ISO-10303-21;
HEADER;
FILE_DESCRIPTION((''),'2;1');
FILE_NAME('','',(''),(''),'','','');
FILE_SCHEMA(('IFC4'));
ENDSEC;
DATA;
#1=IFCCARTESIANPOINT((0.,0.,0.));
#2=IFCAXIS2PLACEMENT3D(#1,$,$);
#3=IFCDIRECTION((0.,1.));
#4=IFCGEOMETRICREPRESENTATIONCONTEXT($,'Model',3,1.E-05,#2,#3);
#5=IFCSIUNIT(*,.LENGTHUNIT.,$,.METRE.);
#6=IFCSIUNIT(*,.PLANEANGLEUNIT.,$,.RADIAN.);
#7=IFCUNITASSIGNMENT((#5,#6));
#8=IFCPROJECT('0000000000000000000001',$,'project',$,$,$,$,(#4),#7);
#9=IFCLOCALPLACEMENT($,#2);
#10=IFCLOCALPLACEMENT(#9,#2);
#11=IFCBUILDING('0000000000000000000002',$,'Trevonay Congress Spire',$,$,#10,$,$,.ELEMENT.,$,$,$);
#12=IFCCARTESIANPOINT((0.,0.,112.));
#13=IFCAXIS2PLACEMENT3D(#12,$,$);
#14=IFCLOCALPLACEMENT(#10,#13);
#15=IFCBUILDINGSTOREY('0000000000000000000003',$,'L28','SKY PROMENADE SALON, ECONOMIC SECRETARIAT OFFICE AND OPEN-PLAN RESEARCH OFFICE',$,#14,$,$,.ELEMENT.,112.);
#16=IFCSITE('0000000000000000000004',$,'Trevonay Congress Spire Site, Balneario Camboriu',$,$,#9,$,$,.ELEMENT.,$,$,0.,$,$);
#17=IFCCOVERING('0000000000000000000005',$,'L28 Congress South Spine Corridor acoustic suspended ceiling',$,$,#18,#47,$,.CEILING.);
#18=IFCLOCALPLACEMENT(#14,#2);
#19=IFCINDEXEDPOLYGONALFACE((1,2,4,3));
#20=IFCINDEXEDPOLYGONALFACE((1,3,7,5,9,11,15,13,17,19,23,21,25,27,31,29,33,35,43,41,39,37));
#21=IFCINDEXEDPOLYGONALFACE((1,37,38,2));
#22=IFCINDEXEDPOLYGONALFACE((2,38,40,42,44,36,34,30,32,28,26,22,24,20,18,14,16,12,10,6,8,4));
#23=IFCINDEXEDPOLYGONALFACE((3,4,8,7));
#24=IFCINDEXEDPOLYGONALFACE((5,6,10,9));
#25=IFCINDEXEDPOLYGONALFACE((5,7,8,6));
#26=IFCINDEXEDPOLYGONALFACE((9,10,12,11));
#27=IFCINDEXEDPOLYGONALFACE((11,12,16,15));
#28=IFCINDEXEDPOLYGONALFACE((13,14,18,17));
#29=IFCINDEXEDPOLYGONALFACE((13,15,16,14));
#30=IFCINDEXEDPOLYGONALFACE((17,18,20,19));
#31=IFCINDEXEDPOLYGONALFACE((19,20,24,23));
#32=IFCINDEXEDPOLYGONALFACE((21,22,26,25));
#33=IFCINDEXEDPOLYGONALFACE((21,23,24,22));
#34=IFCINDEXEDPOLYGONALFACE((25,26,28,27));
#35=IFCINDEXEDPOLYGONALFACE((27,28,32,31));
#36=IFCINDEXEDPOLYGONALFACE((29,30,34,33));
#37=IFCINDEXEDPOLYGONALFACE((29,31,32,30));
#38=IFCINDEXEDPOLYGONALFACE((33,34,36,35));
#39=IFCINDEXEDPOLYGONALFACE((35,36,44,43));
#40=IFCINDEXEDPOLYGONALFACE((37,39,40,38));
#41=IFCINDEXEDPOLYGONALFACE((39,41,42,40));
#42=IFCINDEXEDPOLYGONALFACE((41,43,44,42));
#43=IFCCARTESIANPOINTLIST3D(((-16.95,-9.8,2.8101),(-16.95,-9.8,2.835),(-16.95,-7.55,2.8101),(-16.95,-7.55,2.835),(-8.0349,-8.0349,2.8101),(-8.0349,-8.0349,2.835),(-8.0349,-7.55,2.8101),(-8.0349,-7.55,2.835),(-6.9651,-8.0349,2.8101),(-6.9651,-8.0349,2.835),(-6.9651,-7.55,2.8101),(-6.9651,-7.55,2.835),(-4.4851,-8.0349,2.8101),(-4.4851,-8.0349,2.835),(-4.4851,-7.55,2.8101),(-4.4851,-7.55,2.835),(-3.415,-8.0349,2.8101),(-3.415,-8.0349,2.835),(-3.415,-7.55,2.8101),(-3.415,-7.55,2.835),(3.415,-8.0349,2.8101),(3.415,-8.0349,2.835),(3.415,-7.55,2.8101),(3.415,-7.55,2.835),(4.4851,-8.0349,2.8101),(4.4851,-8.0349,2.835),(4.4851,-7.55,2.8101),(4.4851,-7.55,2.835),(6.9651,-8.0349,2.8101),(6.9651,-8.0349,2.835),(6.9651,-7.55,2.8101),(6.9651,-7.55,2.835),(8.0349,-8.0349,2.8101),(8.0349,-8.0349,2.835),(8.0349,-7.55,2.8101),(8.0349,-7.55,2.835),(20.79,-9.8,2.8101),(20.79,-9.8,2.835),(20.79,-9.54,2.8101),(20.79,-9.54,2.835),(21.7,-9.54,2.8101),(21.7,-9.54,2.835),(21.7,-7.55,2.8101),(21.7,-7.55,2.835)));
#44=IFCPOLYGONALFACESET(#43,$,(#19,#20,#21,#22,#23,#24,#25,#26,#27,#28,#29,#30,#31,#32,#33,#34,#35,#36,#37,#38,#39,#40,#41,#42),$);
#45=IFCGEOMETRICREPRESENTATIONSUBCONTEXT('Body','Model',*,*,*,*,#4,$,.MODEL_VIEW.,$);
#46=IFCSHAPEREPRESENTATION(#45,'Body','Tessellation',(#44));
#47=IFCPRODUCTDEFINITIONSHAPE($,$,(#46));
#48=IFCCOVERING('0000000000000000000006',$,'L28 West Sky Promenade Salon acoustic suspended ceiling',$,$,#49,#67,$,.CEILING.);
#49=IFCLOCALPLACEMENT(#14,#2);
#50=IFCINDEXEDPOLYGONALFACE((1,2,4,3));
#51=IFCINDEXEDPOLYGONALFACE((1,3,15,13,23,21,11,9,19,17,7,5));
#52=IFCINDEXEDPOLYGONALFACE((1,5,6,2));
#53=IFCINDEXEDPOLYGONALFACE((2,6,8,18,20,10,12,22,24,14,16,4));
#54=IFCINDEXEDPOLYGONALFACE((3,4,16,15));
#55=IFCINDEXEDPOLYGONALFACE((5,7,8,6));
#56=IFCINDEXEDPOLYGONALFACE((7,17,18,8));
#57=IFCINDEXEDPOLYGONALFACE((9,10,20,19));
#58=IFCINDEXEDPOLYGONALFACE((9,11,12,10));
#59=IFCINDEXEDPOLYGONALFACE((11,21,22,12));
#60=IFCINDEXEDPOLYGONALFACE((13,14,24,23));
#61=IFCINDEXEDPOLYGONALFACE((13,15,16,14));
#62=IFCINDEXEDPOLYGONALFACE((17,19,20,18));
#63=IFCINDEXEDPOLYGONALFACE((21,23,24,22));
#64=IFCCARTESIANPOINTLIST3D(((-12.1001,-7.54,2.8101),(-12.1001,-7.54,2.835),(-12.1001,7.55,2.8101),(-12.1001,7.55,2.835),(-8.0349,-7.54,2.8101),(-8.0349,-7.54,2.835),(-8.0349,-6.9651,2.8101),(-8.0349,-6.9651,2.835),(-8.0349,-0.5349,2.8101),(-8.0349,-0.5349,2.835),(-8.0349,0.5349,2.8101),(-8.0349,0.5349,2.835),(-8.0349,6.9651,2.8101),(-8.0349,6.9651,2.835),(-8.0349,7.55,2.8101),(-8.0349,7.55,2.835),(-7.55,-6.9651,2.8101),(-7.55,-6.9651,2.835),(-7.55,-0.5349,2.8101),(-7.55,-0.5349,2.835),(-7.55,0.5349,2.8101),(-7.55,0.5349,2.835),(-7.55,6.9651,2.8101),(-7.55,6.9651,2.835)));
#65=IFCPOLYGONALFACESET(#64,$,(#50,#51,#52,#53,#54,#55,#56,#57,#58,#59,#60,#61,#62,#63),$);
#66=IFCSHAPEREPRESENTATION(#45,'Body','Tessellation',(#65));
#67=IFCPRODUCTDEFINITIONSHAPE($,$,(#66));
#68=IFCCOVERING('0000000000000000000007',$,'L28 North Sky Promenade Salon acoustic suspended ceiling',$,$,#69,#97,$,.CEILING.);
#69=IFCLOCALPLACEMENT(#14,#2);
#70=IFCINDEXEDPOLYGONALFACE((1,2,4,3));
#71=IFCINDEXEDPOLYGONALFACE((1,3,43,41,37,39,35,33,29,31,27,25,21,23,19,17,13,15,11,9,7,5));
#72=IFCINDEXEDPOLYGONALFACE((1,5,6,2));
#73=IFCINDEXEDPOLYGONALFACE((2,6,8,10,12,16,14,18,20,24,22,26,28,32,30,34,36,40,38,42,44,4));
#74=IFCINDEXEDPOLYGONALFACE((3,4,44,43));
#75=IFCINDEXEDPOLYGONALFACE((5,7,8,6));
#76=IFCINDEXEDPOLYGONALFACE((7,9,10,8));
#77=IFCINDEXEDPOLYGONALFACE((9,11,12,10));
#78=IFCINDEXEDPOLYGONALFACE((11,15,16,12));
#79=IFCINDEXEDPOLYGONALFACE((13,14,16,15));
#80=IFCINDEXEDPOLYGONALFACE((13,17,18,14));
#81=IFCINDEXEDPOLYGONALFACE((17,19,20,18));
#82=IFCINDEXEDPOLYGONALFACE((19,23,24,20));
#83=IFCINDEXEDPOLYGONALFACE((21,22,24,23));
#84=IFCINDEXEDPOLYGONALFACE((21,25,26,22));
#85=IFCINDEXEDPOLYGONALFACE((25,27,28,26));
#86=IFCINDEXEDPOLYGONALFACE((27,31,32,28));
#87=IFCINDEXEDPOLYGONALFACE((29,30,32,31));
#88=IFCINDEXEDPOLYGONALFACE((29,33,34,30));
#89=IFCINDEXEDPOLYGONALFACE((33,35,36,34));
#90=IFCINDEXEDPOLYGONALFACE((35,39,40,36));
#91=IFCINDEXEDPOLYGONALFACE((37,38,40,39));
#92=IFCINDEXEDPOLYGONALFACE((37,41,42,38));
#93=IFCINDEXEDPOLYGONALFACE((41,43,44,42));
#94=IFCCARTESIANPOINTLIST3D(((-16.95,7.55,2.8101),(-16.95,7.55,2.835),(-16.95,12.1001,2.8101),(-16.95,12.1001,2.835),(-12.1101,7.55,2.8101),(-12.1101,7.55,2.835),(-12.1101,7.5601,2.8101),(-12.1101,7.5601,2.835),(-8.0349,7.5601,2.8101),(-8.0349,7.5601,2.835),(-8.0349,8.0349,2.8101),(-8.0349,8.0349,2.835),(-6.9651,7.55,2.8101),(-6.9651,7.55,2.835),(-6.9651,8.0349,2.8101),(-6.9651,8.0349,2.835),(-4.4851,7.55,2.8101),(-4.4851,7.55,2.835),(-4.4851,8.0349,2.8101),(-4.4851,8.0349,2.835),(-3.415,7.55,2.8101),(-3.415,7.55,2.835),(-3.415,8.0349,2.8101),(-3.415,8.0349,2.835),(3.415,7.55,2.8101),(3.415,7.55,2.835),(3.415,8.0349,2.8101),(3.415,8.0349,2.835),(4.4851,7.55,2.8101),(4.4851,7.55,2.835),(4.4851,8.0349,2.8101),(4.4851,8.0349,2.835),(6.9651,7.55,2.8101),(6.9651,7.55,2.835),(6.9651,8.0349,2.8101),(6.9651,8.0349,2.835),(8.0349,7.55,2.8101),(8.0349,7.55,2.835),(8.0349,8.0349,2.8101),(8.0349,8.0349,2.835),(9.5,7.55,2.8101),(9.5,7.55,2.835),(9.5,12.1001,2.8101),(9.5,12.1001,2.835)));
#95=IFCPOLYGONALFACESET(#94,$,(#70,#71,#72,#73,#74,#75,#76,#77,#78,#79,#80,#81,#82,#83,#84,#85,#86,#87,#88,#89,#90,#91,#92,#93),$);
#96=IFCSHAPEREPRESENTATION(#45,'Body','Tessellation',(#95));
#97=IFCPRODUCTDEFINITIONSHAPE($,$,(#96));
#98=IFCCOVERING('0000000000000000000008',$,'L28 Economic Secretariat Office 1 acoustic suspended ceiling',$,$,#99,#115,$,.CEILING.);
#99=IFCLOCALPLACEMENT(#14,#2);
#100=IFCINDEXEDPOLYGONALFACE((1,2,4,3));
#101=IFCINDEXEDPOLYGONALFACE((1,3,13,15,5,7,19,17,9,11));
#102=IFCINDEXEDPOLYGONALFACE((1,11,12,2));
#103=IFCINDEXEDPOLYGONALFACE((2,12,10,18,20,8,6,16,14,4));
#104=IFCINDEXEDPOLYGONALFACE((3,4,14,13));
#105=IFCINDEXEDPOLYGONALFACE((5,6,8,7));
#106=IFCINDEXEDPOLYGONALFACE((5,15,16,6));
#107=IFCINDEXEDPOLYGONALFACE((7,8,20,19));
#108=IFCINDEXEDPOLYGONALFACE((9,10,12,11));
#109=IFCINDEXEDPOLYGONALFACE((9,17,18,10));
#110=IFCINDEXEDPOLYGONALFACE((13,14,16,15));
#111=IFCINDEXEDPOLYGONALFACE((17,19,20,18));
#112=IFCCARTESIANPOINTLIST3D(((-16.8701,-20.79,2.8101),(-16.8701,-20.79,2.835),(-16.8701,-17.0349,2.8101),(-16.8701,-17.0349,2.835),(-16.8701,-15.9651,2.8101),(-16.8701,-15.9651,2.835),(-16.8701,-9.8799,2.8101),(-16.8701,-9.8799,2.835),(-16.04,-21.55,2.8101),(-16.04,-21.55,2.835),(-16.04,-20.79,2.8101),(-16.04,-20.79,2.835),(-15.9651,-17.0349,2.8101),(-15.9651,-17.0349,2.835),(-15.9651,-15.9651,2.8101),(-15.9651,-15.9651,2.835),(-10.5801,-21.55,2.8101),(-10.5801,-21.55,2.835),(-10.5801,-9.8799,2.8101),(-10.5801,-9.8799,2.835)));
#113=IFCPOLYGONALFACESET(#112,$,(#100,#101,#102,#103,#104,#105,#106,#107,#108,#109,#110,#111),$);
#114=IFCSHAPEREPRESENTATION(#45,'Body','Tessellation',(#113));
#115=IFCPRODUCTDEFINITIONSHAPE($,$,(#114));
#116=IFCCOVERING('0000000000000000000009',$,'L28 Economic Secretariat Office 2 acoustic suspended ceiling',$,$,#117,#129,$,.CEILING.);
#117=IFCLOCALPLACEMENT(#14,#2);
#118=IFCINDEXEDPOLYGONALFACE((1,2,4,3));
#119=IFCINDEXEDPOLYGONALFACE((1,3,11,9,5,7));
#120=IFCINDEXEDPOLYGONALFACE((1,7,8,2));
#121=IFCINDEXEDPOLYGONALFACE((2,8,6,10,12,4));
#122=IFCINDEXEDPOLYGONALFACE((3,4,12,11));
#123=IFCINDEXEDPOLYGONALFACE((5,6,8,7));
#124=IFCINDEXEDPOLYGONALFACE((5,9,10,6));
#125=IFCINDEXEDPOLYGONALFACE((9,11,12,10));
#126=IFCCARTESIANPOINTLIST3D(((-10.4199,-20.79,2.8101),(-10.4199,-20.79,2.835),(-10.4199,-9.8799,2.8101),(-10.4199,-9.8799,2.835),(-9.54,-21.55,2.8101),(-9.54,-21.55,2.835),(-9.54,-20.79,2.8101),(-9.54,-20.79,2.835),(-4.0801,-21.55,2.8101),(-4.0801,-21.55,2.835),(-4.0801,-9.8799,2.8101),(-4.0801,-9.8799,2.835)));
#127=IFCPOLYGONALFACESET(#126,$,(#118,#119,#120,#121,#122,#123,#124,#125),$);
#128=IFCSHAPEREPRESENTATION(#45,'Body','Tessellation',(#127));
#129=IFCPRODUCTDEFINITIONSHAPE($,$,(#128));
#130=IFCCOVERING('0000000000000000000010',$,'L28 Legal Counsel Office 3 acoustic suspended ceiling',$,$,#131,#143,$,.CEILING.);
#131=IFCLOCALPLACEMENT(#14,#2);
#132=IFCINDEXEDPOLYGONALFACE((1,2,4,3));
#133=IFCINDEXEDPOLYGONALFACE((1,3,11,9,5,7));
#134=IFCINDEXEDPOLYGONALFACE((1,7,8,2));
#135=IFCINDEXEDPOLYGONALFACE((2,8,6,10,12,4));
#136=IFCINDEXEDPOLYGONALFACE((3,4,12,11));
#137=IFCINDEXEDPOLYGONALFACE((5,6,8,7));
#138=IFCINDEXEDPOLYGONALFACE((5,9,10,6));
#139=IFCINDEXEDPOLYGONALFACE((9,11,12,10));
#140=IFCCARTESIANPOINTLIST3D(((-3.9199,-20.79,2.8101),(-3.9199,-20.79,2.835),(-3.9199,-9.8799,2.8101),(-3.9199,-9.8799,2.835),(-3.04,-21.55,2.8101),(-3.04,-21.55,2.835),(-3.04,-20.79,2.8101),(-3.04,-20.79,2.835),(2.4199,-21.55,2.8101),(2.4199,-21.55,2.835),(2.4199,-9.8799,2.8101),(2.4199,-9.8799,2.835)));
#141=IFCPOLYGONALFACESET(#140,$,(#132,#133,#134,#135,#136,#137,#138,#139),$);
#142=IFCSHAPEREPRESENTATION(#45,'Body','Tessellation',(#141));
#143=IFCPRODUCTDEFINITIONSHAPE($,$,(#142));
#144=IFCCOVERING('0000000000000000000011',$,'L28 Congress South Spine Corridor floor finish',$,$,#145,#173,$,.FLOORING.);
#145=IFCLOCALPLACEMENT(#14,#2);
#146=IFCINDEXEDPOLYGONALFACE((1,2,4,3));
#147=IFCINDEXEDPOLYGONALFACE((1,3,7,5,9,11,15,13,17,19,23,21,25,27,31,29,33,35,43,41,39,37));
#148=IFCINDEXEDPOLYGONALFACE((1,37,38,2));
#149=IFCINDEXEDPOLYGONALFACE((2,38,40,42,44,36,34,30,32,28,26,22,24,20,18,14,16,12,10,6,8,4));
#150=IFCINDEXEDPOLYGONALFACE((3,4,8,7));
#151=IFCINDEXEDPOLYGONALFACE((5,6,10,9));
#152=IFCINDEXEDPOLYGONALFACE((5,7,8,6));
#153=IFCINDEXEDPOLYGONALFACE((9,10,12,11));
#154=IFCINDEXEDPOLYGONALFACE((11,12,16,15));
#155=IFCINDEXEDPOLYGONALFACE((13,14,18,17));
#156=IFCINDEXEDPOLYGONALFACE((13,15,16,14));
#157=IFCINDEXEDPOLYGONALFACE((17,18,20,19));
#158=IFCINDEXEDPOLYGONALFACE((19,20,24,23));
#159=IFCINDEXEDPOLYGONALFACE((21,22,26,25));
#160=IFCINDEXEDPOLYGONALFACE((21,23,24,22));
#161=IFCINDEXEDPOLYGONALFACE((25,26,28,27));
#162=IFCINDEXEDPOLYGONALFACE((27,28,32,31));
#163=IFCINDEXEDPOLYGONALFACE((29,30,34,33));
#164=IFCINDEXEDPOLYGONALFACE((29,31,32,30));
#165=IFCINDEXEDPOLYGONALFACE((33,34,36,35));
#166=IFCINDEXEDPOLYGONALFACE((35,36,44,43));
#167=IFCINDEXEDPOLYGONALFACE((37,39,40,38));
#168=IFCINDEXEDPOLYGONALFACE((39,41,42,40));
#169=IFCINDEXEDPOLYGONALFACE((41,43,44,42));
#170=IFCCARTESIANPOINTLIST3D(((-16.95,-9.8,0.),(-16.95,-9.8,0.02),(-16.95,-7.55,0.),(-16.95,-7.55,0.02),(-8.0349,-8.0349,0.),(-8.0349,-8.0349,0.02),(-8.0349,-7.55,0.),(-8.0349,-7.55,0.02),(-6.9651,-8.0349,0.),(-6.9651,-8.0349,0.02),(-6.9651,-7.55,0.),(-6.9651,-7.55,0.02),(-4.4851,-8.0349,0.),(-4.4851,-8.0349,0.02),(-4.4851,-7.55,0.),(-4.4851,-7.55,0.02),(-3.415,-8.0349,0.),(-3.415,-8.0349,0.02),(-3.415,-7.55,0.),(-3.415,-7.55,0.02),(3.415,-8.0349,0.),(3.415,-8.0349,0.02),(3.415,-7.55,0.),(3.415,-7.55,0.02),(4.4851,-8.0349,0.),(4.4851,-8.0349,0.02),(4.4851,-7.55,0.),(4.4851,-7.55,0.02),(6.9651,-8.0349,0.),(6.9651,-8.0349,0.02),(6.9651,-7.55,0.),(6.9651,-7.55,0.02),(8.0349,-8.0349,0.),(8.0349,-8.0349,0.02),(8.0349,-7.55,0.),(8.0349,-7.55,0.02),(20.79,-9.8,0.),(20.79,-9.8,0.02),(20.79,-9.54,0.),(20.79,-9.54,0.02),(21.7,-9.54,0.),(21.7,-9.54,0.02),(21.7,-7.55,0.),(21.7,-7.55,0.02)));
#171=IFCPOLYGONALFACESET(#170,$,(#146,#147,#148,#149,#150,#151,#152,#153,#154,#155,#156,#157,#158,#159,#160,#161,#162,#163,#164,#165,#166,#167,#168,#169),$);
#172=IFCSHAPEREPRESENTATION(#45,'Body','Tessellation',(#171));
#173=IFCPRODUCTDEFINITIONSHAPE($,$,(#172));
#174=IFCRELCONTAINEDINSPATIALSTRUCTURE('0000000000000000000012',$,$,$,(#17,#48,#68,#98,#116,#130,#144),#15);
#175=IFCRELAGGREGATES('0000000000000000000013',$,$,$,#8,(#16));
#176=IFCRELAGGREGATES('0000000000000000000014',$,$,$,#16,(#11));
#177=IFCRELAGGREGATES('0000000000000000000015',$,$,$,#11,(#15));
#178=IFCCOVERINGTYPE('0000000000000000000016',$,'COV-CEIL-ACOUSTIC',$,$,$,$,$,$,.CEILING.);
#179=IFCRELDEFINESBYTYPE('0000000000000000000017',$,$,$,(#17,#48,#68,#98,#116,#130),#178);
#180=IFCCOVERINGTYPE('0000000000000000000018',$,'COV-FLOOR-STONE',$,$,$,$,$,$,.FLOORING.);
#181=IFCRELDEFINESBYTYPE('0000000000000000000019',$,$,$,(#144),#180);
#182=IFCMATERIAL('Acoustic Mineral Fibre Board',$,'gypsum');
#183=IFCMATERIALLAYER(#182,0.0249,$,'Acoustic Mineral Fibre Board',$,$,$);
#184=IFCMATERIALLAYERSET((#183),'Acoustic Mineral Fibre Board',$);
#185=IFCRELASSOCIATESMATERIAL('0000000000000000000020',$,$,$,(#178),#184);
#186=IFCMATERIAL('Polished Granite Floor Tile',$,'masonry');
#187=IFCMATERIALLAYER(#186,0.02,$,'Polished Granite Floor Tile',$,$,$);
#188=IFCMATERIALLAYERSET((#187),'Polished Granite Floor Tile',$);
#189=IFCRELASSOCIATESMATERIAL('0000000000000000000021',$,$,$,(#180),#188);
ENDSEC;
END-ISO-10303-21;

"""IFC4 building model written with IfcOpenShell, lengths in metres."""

from ifc_helpers import new_model, si_unit, direction, frame, origin, place, context, subcontext, project, spatial, polyline, outline, extrude, material, layer, layer_set, type_object, element, save


model = new_model("IFC4")

# Units and contexts
model_context = context("Model", 3, precision=1e-05, world=origin(), true_north=direction((0.0, 1.0)))
body_context = subcontext(model_context, "Body", "Model", "MODEL_VIEW")
ifc_project = project(units=[si_unit("LENGTHUNIT", "METRE"), si_unit("PLANEANGLEUNIT", "RADIAN")], contexts=[model_context])

# Site, building, storey
site_placement = place(None, origin())
site = spatial("IfcSite", under=ifc_project, at=site_placement, Name="Trevonay Congress Spire Site, Balneario Camboriu", CompositionType="ELEMENT", RefElevation=0.0)
building_placement = place(site_placement, origin())
building = spatial("IfcBuilding", under=site, at=building_placement, Name="Trevonay Congress Spire", CompositionType="ELEMENT")
storey_placement = place(building_placement, frame((0.0, 0.0, 112.0)))
storey = spatial("IfcBuildingStorey", under=building, at=storey_placement, Name="L28", Description="SKY PROMENADE SALON, ECONOMIC SECRETARIAT OFFICE AND OPEN-PLAN RESEARCH OFFICE", CompositionType="ELEMENT", Elevation=112.0)

# Coverings
ifc_material_1 = material(Name="Acoustic Mineral Fibre Board", Category="gypsum")
ifc_layer_1 = layer(ifc_material_1, 0.0249, Name="Acoustic Mineral Fibre Board")
ifc_layer_set_1 = layer_set([ifc_layer_1], Name="Acoustic Mineral Fibre Board")
covering_type_1 = type_object("IfcCoveringType", Name="COV-CEIL-ACOUSTIC", PredefinedType="CEILING", material=ifc_layer_set_1)
covering_1_placement = place(storey_placement, frame((0.0, 0.0, 2.8101)))
element("IfcCovering", 1, at=covering_1_placement, inside=storey, type_object=covering_type_1, Name="L28 Congress South Spine Corridor acoustic suspended ceiling", PredefinedType="CEILING", context=body_context, shape_type="SweptSolid", body=[
    extrude(outline(polyline([(-16.95, -9.8), (-16.95, -7.55), (-8.0349, -7.55), (-8.0349, -8.0349), (-6.9651, -8.0349), (-6.9651, -7.55), (-4.4851, -7.55), (-4.4851, -8.0349), (-3.415, -8.0349), (-3.415, -7.55), (3.415, -7.55), (3.415, -8.0349), (4.4851, -8.0349), (4.4851, -7.55), (6.9651, -7.55), (6.9651, -8.0349), (8.0349, -8.0349), (8.0349, -7.55), (21.7, -7.55), (21.7, -9.54), (20.79, -9.54), (20.79, -9.8), (-16.95, -9.8)])), origin(), (0.0, 0.0, 1.0), 0.0249),
])
covering_2_placement = place(storey_placement, frame((0.0, 0.0, 2.8101)))
element("IfcCovering", 2, at=covering_2_placement, inside=storey, type_object=covering_type_1, Name="L28 West Sky Promenade Salon acoustic suspended ceiling", PredefinedType="CEILING", context=body_context, shape_type="SweptSolid", body=[
    extrude(outline(polyline([(-12.1001, 7.55), (-8.0349, 7.55), (-8.0349, 6.9651), (-7.55, 6.9651), (-7.55, 0.5349), (-8.0349, 0.5349), (-8.0349, -0.5349), (-7.55, -0.5349), (-7.55, -6.9651), (-8.0349, -6.9651), (-8.0349, -7.54), (-12.1001, -7.54), (-12.1001, 7.55)])), origin(), (0.0, 0.0, 1.0), 0.0249),
])
covering_3_placement = place(storey_placement, frame((0.0, 0.0, 2.8101)))
element("IfcCovering", 3, at=covering_3_placement, inside=storey, type_object=covering_type_1, Name="L28 North Sky Promenade Salon acoustic suspended ceiling", PredefinedType="CEILING", context=body_context, shape_type="SweptSolid", body=[
    extrude(outline(polyline([(-16.95, 12.1001), (9.5, 12.1001), (9.5, 7.55), (8.0349, 7.55), (8.0349, 8.0349), (6.9651, 8.0349), (6.9651, 7.55), (4.4851, 7.55), (4.4851, 8.0349), (3.415, 8.0349), (3.415, 7.55), (-3.415, 7.55), (-3.415, 8.0349), (-4.4851, 8.0349), (-4.4851, 7.55), (-6.9651, 7.55), (-6.9651, 8.0349), (-8.0349, 8.0349), (-8.0349, 7.5601), (-12.1101, 7.5601), (-12.1101, 7.55), (-16.95, 7.55), (-16.95, 12.1001)])), origin(), (0.0, 0.0, 1.0), 0.0249),
])
covering_4_placement = place(storey_placement, frame((0.0, 0.0, 2.8101)))
element("IfcCovering", 4, at=covering_4_placement, inside=storey, type_object=covering_type_1, Name="L28 Economic Secretariat Office 1 acoustic suspended ceiling", PredefinedType="CEILING", context=body_context, shape_type="SweptSolid", body=[
    extrude(outline(polyline([(-16.8701, -9.8799), (-10.5801, -9.8799), (-10.5801, -21.55), (-16.04, -21.55), (-16.04, -20.79), (-16.8701, -20.79), (-16.8701, -17.0349), (-15.9651, -17.0349), (-15.9651, -15.9651), (-16.8701, -15.9651), (-16.8701, -9.8799)])), origin(), (0.0, 0.0, 1.0), 0.0249),
])
covering_5_placement = place(storey_placement, frame((0.0, 0.0, 2.8101)))
element("IfcCovering", 5, at=covering_5_placement, inside=storey, type_object=covering_type_1, Name="L28 Economic Secretariat Office 2 acoustic suspended ceiling", PredefinedType="CEILING", context=body_context, shape_type="SweptSolid", body=[
    extrude(outline(polyline([(-10.4199, -9.8799), (-4.0801, -9.8799), (-4.0801, -21.55), (-9.54, -21.55), (-9.54, -20.79), (-10.4199, -20.79), (-10.4199, -9.8799)])), origin(), (0.0, 0.0, 1.0), 0.0249),
])
covering_6_placement = place(storey_placement, frame((0.0, 0.0, 2.8101)))
element("IfcCovering", 6, at=covering_6_placement, inside=storey, type_object=covering_type_1, Name="L28 Legal Counsel Office 3 acoustic suspended ceiling", PredefinedType="CEILING", context=body_context, shape_type="SweptSolid", body=[
    extrude(outline(polyline([(-3.9199, -9.8799), (2.4199, -9.8799), (2.4199, -21.55), (-3.04, -21.55), (-3.04, -20.79), (-3.9199, -20.79), (-3.9199, -9.8799)])), origin(), (0.0, 0.0, 1.0), 0.0249),
])
ifc_material_2 = material(Name="Polished Granite Floor Tile", Category="masonry")
ifc_layer_2 = layer(ifc_material_2, 0.02, Name="Polished Granite Floor Tile")
ifc_layer_set_2 = layer_set([ifc_layer_2], Name="Polished Granite Floor Tile")
covering_type_2 = type_object("IfcCoveringType", Name="COV-FLOOR-STONE", PredefinedType="FLOORING", material=ifc_layer_set_2)
covering_7_placement = place(storey_placement, origin())
element("IfcCovering", 7, at=covering_7_placement, inside=storey, type_object=covering_type_2, Name="L28 Congress South Spine Corridor floor finish", PredefinedType="FLOORING", context=body_context, shape_type="SweptSolid", body=[
    extrude(outline(polyline([(-16.95, -9.8), (-16.95, -7.55), (-8.0349, -7.55), (-8.0349, -8.0349), (-6.9651, -8.0349), (-6.9651, -7.55), (-4.4851, -7.55), (-4.4851, -8.0349), (-3.415, -8.0349), (-3.415, -7.55), (3.415, -7.55), (3.415, -8.0349), (4.4851, -8.0349), (4.4851, -7.55), (6.9651, -7.55), (6.9651, -8.0349), (8.0349, -8.0349), (8.0349, -7.55), (21.7, -7.55), (21.7, -9.54), (20.79, -9.54), (20.79, -9.8), (-16.95, -9.8)])), origin(), (0.0, 0.0, 1.0), 0.02),
])

save(model, "model.ifc")
